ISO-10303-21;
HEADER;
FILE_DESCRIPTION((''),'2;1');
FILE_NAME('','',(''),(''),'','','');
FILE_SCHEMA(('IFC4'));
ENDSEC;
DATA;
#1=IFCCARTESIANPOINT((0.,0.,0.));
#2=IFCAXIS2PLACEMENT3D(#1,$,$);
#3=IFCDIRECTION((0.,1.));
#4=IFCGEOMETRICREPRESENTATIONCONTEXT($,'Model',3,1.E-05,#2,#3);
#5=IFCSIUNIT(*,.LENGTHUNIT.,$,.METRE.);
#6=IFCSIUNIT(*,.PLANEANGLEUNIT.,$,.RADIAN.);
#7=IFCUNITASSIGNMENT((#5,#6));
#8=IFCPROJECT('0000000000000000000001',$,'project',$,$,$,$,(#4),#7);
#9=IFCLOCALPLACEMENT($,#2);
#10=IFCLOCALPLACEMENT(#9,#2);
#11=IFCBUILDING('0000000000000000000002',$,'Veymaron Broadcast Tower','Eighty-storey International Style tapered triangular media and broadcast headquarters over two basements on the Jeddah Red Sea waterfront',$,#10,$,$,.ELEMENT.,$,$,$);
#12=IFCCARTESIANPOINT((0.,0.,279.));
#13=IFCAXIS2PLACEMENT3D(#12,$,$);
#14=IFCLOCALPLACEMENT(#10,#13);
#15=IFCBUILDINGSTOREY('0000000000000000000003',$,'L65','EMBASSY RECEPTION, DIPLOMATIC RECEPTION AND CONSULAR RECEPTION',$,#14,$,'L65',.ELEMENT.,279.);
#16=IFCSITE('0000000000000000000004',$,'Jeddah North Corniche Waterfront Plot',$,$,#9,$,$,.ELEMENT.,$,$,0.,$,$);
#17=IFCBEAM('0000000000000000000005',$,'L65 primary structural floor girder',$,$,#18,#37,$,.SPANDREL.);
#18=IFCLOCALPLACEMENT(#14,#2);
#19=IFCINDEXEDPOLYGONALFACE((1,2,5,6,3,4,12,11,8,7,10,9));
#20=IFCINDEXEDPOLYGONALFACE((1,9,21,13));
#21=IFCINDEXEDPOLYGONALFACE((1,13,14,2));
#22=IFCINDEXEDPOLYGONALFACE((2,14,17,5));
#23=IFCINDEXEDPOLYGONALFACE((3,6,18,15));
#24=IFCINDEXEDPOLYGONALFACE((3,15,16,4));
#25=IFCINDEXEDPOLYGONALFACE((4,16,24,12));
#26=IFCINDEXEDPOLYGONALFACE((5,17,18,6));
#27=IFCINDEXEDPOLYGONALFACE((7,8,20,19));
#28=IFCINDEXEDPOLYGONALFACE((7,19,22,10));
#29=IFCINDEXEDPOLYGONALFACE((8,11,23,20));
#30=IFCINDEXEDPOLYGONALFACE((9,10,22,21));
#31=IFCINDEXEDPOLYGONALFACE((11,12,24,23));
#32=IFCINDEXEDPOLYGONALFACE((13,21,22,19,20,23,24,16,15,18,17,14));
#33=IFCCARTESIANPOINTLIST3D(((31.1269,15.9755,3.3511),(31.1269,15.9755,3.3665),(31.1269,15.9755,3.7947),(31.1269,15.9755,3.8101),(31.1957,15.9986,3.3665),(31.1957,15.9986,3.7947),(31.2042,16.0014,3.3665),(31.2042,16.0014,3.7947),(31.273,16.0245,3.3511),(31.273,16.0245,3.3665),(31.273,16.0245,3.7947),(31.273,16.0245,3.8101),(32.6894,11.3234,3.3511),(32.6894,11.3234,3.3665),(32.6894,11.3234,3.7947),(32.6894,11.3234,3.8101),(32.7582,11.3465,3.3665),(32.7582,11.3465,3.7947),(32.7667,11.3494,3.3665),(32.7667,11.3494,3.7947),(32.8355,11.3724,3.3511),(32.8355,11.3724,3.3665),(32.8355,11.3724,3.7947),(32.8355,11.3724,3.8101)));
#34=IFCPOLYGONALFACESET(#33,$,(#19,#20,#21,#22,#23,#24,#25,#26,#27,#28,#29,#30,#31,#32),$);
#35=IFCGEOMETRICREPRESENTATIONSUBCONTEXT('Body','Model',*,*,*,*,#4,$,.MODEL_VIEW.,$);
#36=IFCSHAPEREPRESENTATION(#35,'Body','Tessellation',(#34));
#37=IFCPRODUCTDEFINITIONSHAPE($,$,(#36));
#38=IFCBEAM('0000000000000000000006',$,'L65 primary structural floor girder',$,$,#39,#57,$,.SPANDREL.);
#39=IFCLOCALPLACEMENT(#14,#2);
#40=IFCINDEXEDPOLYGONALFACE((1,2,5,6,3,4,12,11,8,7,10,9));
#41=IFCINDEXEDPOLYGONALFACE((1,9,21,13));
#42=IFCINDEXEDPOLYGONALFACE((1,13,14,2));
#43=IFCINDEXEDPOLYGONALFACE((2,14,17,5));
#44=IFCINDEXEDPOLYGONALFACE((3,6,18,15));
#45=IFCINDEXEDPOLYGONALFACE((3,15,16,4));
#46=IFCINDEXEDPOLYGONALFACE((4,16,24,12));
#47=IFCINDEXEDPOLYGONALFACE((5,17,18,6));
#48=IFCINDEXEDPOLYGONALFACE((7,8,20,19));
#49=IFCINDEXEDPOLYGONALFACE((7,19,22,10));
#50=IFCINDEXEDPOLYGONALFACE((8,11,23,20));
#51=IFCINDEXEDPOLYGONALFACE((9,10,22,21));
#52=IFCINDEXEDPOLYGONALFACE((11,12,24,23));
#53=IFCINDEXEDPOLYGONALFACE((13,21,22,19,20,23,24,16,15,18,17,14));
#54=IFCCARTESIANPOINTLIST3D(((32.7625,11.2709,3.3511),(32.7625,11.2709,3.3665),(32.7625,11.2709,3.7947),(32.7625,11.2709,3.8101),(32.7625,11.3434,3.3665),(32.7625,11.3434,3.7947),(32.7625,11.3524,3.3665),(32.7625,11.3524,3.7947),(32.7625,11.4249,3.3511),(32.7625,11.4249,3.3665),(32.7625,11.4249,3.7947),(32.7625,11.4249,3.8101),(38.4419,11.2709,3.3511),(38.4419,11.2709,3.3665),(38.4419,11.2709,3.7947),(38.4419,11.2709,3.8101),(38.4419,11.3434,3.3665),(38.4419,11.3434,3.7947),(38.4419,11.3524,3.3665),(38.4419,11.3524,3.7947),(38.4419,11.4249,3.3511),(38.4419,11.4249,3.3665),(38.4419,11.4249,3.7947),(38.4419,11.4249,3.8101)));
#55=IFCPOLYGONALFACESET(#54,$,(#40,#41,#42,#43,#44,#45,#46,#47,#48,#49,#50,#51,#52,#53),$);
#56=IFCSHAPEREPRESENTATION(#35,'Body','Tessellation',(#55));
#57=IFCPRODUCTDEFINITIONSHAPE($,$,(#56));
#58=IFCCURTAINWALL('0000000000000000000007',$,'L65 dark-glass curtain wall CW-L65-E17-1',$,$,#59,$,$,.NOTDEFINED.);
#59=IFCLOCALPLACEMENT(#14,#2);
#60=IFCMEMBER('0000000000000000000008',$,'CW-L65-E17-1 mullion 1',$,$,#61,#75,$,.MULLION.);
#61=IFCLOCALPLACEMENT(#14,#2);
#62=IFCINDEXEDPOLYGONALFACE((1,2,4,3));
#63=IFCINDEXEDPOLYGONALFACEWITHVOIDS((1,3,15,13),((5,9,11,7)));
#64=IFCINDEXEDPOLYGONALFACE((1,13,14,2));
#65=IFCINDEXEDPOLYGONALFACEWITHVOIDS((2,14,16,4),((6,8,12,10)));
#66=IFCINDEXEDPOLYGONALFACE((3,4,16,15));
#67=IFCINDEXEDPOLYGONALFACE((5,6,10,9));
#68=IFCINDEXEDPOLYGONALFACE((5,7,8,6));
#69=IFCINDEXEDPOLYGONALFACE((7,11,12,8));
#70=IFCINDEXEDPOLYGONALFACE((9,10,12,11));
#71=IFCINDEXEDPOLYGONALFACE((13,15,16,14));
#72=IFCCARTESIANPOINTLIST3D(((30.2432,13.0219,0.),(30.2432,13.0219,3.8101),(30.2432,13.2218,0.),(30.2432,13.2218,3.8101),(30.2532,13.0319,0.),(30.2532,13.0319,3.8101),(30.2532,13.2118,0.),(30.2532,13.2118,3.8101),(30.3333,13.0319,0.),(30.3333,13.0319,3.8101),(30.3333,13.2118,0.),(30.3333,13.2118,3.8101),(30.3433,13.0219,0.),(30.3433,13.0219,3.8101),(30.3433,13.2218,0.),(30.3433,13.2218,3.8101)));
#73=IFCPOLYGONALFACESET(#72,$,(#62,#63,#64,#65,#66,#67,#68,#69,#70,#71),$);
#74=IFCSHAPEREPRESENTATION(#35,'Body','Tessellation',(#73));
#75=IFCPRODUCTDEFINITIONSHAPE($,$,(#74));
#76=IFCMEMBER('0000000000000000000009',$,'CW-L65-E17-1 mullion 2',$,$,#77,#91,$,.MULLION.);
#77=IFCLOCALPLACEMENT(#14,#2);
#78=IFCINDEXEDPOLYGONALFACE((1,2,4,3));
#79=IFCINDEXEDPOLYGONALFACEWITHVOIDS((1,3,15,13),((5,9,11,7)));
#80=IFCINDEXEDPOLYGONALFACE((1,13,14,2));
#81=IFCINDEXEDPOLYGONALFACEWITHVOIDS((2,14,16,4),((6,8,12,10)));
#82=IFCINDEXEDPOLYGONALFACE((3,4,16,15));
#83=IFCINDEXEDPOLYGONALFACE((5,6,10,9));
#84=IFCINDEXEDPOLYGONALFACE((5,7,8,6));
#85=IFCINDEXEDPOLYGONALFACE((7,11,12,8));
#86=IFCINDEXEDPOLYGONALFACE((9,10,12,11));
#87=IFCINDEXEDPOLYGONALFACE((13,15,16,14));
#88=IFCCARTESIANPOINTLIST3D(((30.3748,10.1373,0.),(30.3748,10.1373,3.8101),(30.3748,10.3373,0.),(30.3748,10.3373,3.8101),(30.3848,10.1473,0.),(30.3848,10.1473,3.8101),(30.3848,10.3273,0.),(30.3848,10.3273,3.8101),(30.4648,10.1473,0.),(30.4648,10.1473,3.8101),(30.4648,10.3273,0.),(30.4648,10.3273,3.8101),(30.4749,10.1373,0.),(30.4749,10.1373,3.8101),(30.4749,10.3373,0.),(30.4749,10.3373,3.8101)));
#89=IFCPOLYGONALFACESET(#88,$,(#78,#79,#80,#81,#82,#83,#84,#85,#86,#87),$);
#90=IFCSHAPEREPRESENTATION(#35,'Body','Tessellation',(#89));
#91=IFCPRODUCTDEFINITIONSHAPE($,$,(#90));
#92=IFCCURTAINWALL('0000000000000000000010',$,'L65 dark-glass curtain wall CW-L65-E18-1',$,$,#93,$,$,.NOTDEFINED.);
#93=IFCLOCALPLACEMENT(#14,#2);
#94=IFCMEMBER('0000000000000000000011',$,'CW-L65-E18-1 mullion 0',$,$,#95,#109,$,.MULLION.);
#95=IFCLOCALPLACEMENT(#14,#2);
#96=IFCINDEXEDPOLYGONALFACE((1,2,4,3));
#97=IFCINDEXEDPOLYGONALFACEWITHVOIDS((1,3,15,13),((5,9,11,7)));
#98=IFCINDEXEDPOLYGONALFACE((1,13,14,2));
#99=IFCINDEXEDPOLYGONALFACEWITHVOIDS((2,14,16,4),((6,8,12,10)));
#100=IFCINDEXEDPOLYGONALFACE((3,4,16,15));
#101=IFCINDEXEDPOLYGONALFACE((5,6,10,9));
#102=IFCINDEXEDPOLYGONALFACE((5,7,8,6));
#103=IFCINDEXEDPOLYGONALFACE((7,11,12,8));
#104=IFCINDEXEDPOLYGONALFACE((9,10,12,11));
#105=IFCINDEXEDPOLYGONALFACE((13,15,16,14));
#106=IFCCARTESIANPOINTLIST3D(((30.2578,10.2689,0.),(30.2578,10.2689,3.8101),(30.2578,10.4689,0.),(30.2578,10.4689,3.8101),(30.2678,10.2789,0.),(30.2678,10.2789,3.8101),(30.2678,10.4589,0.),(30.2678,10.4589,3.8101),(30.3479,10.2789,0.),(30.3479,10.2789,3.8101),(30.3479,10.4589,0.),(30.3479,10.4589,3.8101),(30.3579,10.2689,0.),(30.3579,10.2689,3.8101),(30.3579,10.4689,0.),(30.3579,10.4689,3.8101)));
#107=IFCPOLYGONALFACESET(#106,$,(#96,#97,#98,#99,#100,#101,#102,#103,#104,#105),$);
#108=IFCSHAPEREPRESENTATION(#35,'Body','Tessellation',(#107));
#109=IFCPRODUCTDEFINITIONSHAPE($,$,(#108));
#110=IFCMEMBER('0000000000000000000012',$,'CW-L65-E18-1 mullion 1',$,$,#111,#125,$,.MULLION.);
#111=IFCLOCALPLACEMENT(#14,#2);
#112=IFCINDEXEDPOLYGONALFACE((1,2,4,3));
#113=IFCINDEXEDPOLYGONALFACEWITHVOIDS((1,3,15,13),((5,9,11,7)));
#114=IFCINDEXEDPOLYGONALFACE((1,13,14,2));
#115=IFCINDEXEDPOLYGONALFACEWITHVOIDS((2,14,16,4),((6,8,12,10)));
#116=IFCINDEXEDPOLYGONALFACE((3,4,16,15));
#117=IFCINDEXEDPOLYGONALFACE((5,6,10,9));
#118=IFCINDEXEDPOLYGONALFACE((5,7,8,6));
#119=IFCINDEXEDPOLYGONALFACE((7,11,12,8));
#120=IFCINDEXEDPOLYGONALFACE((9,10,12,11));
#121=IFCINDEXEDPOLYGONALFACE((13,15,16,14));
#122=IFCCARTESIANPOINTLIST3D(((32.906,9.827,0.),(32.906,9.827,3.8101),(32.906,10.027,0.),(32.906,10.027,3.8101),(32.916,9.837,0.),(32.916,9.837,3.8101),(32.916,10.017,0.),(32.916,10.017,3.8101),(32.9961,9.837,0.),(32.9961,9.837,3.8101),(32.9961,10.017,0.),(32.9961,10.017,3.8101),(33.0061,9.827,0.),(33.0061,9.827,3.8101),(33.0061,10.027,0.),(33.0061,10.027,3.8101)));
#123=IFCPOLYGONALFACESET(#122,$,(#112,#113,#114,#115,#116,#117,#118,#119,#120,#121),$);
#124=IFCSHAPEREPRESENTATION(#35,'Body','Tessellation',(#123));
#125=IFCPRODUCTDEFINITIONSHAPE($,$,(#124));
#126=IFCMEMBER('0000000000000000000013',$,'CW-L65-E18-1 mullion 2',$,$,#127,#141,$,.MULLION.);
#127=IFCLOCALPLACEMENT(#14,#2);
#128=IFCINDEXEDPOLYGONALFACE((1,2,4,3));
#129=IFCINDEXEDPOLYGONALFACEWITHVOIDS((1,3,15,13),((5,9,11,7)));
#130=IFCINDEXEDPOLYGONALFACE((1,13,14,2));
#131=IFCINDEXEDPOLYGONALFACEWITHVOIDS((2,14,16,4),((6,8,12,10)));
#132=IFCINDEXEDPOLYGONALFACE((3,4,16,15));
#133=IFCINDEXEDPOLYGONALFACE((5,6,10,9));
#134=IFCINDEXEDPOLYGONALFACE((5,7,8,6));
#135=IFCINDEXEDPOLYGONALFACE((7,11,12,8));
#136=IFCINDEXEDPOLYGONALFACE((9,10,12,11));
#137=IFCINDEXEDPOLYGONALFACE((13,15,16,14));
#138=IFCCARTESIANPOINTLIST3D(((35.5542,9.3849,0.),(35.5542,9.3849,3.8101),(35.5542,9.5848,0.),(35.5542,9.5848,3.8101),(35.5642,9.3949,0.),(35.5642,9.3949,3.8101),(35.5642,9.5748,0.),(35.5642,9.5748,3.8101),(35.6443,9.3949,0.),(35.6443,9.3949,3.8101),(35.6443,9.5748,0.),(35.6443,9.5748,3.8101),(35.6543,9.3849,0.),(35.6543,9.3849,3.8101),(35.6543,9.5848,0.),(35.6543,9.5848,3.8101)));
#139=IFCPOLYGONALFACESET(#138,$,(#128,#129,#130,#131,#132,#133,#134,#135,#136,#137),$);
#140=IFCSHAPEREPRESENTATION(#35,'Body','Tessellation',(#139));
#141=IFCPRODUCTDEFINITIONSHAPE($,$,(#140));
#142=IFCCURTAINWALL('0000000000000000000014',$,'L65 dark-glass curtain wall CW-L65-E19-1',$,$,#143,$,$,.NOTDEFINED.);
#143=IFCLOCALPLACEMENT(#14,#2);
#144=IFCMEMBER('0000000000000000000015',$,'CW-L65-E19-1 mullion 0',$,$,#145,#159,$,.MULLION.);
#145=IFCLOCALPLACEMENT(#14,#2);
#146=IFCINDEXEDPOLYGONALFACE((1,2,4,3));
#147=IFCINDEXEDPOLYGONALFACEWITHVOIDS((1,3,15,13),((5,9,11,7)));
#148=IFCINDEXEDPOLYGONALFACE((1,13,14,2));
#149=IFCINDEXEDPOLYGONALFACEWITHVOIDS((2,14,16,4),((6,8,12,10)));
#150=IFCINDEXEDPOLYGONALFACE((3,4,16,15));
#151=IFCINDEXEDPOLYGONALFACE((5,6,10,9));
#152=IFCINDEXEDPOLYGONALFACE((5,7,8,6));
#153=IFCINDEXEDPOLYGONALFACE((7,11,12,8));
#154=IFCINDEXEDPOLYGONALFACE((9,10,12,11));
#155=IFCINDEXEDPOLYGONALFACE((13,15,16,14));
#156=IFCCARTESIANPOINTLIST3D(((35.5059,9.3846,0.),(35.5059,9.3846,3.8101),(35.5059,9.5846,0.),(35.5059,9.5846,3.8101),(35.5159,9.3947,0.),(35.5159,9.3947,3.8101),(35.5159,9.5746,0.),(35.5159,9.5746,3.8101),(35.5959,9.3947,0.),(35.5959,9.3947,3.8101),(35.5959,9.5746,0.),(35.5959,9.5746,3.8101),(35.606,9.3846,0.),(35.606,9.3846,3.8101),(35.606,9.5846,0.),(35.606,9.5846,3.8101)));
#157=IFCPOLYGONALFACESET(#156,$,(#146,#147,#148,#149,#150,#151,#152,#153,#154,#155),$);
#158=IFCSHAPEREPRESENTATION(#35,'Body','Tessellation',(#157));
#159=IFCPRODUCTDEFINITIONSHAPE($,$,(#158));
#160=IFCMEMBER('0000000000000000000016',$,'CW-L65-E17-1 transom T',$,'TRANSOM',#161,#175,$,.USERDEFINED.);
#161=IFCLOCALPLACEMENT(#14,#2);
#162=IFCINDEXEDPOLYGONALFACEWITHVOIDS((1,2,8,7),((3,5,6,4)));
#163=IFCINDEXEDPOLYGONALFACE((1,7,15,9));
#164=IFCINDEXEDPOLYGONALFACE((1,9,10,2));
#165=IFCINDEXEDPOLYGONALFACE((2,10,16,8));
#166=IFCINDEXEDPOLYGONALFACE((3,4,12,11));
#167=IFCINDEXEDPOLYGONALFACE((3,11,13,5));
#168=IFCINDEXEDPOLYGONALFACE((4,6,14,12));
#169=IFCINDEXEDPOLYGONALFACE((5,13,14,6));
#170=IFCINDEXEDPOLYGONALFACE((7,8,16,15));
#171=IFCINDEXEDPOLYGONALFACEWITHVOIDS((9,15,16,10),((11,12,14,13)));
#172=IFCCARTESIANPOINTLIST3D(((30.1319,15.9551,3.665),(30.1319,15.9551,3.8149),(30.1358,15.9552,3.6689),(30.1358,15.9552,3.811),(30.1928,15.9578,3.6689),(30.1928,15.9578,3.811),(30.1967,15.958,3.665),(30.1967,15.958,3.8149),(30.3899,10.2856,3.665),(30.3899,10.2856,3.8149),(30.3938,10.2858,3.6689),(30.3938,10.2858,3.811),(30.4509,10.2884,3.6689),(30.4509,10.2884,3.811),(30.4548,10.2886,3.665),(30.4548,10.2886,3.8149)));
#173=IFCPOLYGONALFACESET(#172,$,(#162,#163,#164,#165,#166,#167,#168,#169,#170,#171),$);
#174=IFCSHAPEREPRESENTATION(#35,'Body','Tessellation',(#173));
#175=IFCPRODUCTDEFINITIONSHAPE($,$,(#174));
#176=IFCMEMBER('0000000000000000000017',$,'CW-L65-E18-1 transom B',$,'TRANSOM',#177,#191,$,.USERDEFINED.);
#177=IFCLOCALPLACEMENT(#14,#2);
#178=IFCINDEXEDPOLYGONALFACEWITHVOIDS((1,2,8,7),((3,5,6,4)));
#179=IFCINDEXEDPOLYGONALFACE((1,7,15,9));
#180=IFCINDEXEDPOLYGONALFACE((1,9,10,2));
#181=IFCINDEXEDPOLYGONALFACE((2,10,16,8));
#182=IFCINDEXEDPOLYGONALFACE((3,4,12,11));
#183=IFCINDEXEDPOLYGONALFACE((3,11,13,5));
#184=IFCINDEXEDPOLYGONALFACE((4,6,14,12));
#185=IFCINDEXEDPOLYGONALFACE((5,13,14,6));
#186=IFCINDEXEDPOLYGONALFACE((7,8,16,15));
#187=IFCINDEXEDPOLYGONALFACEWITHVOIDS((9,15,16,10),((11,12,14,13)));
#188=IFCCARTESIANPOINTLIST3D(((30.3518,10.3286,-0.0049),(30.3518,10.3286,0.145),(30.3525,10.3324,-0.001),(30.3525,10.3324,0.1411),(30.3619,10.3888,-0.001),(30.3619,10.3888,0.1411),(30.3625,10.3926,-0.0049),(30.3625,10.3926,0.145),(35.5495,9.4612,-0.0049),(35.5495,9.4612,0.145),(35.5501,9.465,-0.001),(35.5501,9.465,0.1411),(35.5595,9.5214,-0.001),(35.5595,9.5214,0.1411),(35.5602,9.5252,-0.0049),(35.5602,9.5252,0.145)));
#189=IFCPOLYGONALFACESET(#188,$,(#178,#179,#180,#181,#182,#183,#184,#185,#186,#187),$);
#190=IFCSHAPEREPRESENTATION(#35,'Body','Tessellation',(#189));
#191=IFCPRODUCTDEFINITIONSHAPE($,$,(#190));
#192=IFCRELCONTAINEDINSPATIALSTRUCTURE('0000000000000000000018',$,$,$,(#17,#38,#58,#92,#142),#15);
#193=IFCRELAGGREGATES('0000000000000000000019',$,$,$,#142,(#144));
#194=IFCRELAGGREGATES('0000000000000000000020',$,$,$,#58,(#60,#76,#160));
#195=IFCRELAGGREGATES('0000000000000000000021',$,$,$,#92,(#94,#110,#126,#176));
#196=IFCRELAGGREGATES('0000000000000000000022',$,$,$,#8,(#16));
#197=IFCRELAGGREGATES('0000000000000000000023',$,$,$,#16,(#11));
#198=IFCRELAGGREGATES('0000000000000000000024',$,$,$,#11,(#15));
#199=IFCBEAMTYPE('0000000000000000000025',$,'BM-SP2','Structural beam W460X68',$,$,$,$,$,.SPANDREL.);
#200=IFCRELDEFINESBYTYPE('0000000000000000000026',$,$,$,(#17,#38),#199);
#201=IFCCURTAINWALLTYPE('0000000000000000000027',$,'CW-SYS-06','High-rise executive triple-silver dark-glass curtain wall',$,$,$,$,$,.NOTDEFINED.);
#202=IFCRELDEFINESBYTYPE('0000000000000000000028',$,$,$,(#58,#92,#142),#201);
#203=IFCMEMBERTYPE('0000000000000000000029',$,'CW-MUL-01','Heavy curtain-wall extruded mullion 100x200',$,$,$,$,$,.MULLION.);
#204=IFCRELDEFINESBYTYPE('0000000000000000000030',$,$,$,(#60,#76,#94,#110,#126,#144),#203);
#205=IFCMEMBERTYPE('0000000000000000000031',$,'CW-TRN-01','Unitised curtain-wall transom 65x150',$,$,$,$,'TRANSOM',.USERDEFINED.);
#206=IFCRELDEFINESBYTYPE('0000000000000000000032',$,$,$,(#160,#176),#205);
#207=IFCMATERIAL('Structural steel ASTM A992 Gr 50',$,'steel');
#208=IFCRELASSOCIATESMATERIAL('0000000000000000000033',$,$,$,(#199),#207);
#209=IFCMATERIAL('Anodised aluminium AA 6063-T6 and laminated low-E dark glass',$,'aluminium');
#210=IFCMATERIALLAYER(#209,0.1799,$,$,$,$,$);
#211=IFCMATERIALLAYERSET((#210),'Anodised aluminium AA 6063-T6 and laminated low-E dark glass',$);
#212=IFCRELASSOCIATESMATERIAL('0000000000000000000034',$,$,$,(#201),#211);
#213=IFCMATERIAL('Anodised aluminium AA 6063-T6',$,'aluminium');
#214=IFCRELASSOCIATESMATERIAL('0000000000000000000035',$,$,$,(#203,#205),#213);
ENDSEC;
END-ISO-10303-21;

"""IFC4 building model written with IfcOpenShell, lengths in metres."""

from ifc_helpers import new_model, si_unit, direction, frame, origin, origin_2d, place, context, subcontext, project, spatial, hollow_rectangle, i_section, extrude, material, layer, layer_set, material_profile, profile_set, type_object, element, aggregate, save


model = new_model("IFC4")

# Units and contexts
model_context = context("Model", 3, precision=1e-05, world=origin(), true_north=direction((0.0, 1.0)))
body_context = subcontext(model_context, "Body", "Model", "MODEL_VIEW")
ifc_project = project(units=[si_unit("LENGTHUNIT", "METRE"), si_unit("PLANEANGLEUNIT", "RADIAN")], contexts=[model_context])

# Site, building, storey
site_placement = place(None, origin())
site = spatial("IfcSite", under=ifc_project, at=site_placement, Name="Jeddah North Corniche Waterfront Plot", CompositionType="ELEMENT", RefElevation=0.0)
building_placement = place(site_placement, origin())
building = spatial("IfcBuilding", under=site, at=building_placement, Name="Veymaron Broadcast Tower", Description="Eighty-storey International Style tapered triangular media and broadcast headquarters over two basements on the Jeddah Red Sea waterfront", CompositionType="ELEMENT")
storey_placement = place(building_placement, frame((0.0, 0.0, 279.0)))
storey = spatial("IfcBuildingStorey", under=building, at=storey_placement, Name="L65", Description="EMBASSY RECEPTION, DIPLOMATIC RECEPTION AND CONSULAR RECEPTION", LongName="L65", CompositionType="ELEMENT", Elevation=279.0)

# Shared definitions
ifc_material_1 = material(Name="Structural steel ASTM A992 Gr 50", Category="steel")

# Beams
ifc_material_profile_1 = material_profile(ifc_material_1, i_section(OverallWidth=0.1541, OverallDepth=0.459, WebThickness=0.009, FlangeThickness=0.0154, at=origin_2d()), Name="W460X68")
ifc_profile_set_1 = profile_set([ifc_material_profile_1], Name="Structural steel ASTM A992 Gr 50")
beam_type_1 = type_object("IfcBeamType", Name="BM-SP2", Description="Structural beam W460X68", PredefinedType="SPANDREL", material=ifc_profile_set_1)
beam_1_placement = place(storey_placement, frame((31.2, 16.0, 3.5806), z_axis=(0.318391, -0.947959, 0.0), x_axis=(0.947959, 0.318391, 0.0)))
element("IfcBeam", 1, at=beam_1_placement, inside=storey, type_object=beam_type_1, Name="L65 primary structural floor girder", PredefinedType="SPANDREL", context=body_context, shape_type="SweptSolid", body=[
    extrude(i_section(OverallWidth=0.1541, OverallDepth=0.459, WebThickness=0.009, FlangeThickness=0.0154, at=origin_2d()), origin(), (0.0, 0.0, 1.0), 4.9075),
])
beam_2_placement = place(storey_placement, frame((32.7625, 11.3479, 3.5806), z_axis=(1.0, 0.0, 0.0), x_axis=(0.0, 1.0, 0.0)))
element("IfcBeam", 2, at=beam_2_placement, inside=storey, type_object=beam_type_1, Name="L65 primary structural floor girder", PredefinedType="SPANDREL", context=body_context, shape_type="SweptSolid", body=[
    extrude(i_section(OverallWidth=0.1541, OverallDepth=0.459, WebThickness=0.009, FlangeThickness=0.0154, at=origin_2d()), origin(), (0.0, 0.0, 1.0), 5.6794),
])

# Curtain walls, members
ifc_material_2 = material(Name="Anodised aluminium AA 6063-T6 and laminated low-E dark glass", Category="aluminium")
ifc_layer_1 = layer(ifc_material_2, 0.1799)
ifc_layer_set_1 = layer_set([ifc_layer_1], Name="Anodised aluminium AA 6063-T6 and laminated low-E dark glass")
curtain_wall_type = type_object("IfcCurtainWallType", Name="CW-SYS-06", Description="High-rise executive triple-silver dark-glass curtain wall", PredefinedType="NOTDEFINED", material=ifc_layer_set_1)
curtain_wall_1_placement = place(storey_placement, origin())
curtain_wall_1 = element("IfcCurtainWall", 3, at=curtain_wall_1_placement, inside=storey, type_object=curtain_wall_type, Name="L65 dark-glass curtain wall CW-L65-E17-1", PredefinedType="NOTDEFINED")
ifc_material_3 = material(Name="Anodised aluminium AA 6063-T6", Category="aluminium")
ifc_material_profile_2 = material_profile(ifc_material_3, hollow_rectangle(XDim=0.1001, YDim=0.2, WallThickness=0.01, at=origin_2d()), Name="RHS200X100X10")
ifc_profile_set_2 = profile_set([ifc_material_profile_2], Name="Anodised aluminium AA 6063-T6")
member_type_1 = type_object("IfcMemberType", Name="CW-MUL-01", Description="Heavy curtain-wall extruded mullion 100x200", PredefinedType="MULLION", material=ifc_profile_set_2)
member_1_placement = place(storey_placement, frame((30.2932, 13.1218, 0.0), z_axis=(0.0, 0.0, 1.0), x_axis=(1.0, 0.0, 0.0)))
member_1 = element("IfcMember", 4, at=member_1_placement, type_object=member_type_1, Name="CW-L65-E17-1 mullion 1", PredefinedType="MULLION", context=body_context, shape_type="SweptSolid", body=[
    extrude(hollow_rectangle(XDim=0.1001, YDim=0.2, WallThickness=0.01, at=origin_2d()), origin(), (0.0, 0.0, 1.0), 3.8101),
])
member_2_placement = place(storey_placement, frame((30.4248, 10.2373, 0.0), z_axis=(0.0, 0.0, 1.0), x_axis=(1.0, 0.0, 0.0)))
member_2 = element("IfcMember", 5, at=member_2_placement, type_object=member_type_1, Name="CW-L65-E17-1 mullion 2", PredefinedType="MULLION", context=body_context, shape_type="SweptSolid", body=[
    extrude(hollow_rectangle(XDim=0.1001, YDim=0.2, WallThickness=0.01, at=origin_2d()), origin(), (0.0, 0.0, 1.0), 3.8101),
])
curtain_wall_2_placement = place(storey_placement, origin())
curtain_wall_2 = element("IfcCurtainWall", 6, at=curtain_wall_2_placement, inside=storey, type_object=curtain_wall_type, Name="L65 dark-glass curtain wall CW-L65-E18-1", PredefinedType="NOTDEFINED")
member_3_placement = place(storey_placement, frame((30.3079, 10.3689, 0.0), z_axis=(0.0, 0.0, 1.0), x_axis=(1.0, 0.0, 0.0)))
member_3 = element("IfcMember", 7, at=member_3_placement, type_object=member_type_1, Name="CW-L65-E18-1 mullion 0", PredefinedType="MULLION", context=body_context, shape_type="SweptSolid", body=[
    extrude(hollow_rectangle(XDim=0.1001, YDim=0.2, WallThickness=0.01, at=origin_2d()), origin(), (0.0, 0.0, 1.0), 3.8101),
])
member_4_placement = place(storey_placement, frame((32.9561, 9.927, 0.0), z_axis=(0.0, 0.0, 1.0), x_axis=(1.0, 0.0, 0.0)))
member_4 = element("IfcMember", 8, at=member_4_placement, type_object=member_type_1, Name="CW-L65-E18-1 mullion 1", PredefinedType="MULLION", context=body_context, shape_type="SweptSolid", body=[
    extrude(hollow_rectangle(XDim=0.1001, YDim=0.2, WallThickness=0.01, at=origin_2d()), origin(), (0.0, 0.0, 1.0), 3.8101),
])
member_5_placement = place(storey_placement, frame((35.6042, 9.4849, 0.0), z_axis=(0.0, 0.0, 1.0), x_axis=(1.0, 0.0, 0.0)))
member_5 = element("IfcMember", 9, at=member_5_placement, type_object=member_type_1, Name="CW-L65-E18-1 mullion 2", PredefinedType="MULLION", context=body_context, shape_type="SweptSolid", body=[
    extrude(hollow_rectangle(XDim=0.1001, YDim=0.2, WallThickness=0.01, at=origin_2d()), origin(), (0.0, 0.0, 1.0), 3.8101),
])

# Curtain wall, member
curtain_wall_3_placement = place(storey_placement, origin())
curtain_wall_3 = element("IfcCurtainWall", 10, at=curtain_wall_3_placement, inside=storey, type_object=curtain_wall_type, Name="L65 dark-glass curtain wall CW-L65-E19-1", PredefinedType="NOTDEFINED")
member_6_placement = place(storey_placement, frame((35.5559, 9.4846, 0.0), z_axis=(0.0, 0.0, 1.0), x_axis=(1.0, 0.0, 0.0)))
member_6 = element("IfcMember", 11, at=member_6_placement, type_object=member_type_1, Name="CW-L65-E19-1 mullion 0", PredefinedType="MULLION", context=body_context, shape_type="SweptSolid", body=[
    extrude(hollow_rectangle(XDim=0.1001, YDim=0.2, WallThickness=0.01, at=origin_2d()), origin(), (0.0, 0.0, 1.0), 3.8101),
])

# Members
ifc_material_profile_3 = material_profile(ifc_material_3, hollow_rectangle(XDim=0.0649, YDim=0.1499, WallThickness=0.0039, at=origin_2d()), Name="AL150X65X4")
ifc_profile_set_3 = profile_set([ifc_material_profile_3], Name="Anodised aluminium AA 6063-T6")
member_type_2 = type_object("IfcMemberType", Name="CW-TRN-01", Description="Unitised curtain-wall transom 65x150", ElementType="TRANSOM", PredefinedType="USERDEFINED", material=ifc_profile_set_3)
member_7_placement = place(storey_placement, frame((30.1643, 15.9565, 3.74), z_axis=(0.04547, -0.998966, 0.0), x_axis=(0.998966, 0.04547, 0.0)))
member_7 = element("IfcMember", 12, at=member_7_placement, type_object=member_type_2, Name="CW-L65-E17-1 transom T", ObjectType="TRANSOM", PredefinedType="USERDEFINED", context=body_context, shape_type="SweptSolid", body=[
    extrude(hollow_rectangle(XDim=0.0649, YDim=0.1499, WallThickness=0.0039, at=origin_2d()), origin(), (0.0, 0.0, 1.0), 5.6753),
])
member_8_placement = place(storey_placement, frame((30.3572, 10.3606, 0.0701), z_axis=(0.986359, -0.164609, 0.0), x_axis=(0.164609, 0.986359, 0.0)))
member_8 = element("IfcMember", 13, at=member_8_placement, type_object=member_type_2, Name="CW-L65-E18-1 transom B", ObjectType="TRANSOM", PredefinedType="USERDEFINED", context=body_context, shape_type="SweptSolid", body=[
    extrude(hollow_rectangle(XDim=0.0649, YDim=0.1499, WallThickness=0.0039, at=origin_2d()), origin(), (0.0, 0.0, 1.0), 5.2695),
])
aggregate(curtain_wall_3, [member_6])

aggregate(curtain_wall_1, [member_1, member_2, member_7])
aggregate(curtain_wall_2, [member_3, member_4, member_5, member_8])

save(model, "model.ifc")
